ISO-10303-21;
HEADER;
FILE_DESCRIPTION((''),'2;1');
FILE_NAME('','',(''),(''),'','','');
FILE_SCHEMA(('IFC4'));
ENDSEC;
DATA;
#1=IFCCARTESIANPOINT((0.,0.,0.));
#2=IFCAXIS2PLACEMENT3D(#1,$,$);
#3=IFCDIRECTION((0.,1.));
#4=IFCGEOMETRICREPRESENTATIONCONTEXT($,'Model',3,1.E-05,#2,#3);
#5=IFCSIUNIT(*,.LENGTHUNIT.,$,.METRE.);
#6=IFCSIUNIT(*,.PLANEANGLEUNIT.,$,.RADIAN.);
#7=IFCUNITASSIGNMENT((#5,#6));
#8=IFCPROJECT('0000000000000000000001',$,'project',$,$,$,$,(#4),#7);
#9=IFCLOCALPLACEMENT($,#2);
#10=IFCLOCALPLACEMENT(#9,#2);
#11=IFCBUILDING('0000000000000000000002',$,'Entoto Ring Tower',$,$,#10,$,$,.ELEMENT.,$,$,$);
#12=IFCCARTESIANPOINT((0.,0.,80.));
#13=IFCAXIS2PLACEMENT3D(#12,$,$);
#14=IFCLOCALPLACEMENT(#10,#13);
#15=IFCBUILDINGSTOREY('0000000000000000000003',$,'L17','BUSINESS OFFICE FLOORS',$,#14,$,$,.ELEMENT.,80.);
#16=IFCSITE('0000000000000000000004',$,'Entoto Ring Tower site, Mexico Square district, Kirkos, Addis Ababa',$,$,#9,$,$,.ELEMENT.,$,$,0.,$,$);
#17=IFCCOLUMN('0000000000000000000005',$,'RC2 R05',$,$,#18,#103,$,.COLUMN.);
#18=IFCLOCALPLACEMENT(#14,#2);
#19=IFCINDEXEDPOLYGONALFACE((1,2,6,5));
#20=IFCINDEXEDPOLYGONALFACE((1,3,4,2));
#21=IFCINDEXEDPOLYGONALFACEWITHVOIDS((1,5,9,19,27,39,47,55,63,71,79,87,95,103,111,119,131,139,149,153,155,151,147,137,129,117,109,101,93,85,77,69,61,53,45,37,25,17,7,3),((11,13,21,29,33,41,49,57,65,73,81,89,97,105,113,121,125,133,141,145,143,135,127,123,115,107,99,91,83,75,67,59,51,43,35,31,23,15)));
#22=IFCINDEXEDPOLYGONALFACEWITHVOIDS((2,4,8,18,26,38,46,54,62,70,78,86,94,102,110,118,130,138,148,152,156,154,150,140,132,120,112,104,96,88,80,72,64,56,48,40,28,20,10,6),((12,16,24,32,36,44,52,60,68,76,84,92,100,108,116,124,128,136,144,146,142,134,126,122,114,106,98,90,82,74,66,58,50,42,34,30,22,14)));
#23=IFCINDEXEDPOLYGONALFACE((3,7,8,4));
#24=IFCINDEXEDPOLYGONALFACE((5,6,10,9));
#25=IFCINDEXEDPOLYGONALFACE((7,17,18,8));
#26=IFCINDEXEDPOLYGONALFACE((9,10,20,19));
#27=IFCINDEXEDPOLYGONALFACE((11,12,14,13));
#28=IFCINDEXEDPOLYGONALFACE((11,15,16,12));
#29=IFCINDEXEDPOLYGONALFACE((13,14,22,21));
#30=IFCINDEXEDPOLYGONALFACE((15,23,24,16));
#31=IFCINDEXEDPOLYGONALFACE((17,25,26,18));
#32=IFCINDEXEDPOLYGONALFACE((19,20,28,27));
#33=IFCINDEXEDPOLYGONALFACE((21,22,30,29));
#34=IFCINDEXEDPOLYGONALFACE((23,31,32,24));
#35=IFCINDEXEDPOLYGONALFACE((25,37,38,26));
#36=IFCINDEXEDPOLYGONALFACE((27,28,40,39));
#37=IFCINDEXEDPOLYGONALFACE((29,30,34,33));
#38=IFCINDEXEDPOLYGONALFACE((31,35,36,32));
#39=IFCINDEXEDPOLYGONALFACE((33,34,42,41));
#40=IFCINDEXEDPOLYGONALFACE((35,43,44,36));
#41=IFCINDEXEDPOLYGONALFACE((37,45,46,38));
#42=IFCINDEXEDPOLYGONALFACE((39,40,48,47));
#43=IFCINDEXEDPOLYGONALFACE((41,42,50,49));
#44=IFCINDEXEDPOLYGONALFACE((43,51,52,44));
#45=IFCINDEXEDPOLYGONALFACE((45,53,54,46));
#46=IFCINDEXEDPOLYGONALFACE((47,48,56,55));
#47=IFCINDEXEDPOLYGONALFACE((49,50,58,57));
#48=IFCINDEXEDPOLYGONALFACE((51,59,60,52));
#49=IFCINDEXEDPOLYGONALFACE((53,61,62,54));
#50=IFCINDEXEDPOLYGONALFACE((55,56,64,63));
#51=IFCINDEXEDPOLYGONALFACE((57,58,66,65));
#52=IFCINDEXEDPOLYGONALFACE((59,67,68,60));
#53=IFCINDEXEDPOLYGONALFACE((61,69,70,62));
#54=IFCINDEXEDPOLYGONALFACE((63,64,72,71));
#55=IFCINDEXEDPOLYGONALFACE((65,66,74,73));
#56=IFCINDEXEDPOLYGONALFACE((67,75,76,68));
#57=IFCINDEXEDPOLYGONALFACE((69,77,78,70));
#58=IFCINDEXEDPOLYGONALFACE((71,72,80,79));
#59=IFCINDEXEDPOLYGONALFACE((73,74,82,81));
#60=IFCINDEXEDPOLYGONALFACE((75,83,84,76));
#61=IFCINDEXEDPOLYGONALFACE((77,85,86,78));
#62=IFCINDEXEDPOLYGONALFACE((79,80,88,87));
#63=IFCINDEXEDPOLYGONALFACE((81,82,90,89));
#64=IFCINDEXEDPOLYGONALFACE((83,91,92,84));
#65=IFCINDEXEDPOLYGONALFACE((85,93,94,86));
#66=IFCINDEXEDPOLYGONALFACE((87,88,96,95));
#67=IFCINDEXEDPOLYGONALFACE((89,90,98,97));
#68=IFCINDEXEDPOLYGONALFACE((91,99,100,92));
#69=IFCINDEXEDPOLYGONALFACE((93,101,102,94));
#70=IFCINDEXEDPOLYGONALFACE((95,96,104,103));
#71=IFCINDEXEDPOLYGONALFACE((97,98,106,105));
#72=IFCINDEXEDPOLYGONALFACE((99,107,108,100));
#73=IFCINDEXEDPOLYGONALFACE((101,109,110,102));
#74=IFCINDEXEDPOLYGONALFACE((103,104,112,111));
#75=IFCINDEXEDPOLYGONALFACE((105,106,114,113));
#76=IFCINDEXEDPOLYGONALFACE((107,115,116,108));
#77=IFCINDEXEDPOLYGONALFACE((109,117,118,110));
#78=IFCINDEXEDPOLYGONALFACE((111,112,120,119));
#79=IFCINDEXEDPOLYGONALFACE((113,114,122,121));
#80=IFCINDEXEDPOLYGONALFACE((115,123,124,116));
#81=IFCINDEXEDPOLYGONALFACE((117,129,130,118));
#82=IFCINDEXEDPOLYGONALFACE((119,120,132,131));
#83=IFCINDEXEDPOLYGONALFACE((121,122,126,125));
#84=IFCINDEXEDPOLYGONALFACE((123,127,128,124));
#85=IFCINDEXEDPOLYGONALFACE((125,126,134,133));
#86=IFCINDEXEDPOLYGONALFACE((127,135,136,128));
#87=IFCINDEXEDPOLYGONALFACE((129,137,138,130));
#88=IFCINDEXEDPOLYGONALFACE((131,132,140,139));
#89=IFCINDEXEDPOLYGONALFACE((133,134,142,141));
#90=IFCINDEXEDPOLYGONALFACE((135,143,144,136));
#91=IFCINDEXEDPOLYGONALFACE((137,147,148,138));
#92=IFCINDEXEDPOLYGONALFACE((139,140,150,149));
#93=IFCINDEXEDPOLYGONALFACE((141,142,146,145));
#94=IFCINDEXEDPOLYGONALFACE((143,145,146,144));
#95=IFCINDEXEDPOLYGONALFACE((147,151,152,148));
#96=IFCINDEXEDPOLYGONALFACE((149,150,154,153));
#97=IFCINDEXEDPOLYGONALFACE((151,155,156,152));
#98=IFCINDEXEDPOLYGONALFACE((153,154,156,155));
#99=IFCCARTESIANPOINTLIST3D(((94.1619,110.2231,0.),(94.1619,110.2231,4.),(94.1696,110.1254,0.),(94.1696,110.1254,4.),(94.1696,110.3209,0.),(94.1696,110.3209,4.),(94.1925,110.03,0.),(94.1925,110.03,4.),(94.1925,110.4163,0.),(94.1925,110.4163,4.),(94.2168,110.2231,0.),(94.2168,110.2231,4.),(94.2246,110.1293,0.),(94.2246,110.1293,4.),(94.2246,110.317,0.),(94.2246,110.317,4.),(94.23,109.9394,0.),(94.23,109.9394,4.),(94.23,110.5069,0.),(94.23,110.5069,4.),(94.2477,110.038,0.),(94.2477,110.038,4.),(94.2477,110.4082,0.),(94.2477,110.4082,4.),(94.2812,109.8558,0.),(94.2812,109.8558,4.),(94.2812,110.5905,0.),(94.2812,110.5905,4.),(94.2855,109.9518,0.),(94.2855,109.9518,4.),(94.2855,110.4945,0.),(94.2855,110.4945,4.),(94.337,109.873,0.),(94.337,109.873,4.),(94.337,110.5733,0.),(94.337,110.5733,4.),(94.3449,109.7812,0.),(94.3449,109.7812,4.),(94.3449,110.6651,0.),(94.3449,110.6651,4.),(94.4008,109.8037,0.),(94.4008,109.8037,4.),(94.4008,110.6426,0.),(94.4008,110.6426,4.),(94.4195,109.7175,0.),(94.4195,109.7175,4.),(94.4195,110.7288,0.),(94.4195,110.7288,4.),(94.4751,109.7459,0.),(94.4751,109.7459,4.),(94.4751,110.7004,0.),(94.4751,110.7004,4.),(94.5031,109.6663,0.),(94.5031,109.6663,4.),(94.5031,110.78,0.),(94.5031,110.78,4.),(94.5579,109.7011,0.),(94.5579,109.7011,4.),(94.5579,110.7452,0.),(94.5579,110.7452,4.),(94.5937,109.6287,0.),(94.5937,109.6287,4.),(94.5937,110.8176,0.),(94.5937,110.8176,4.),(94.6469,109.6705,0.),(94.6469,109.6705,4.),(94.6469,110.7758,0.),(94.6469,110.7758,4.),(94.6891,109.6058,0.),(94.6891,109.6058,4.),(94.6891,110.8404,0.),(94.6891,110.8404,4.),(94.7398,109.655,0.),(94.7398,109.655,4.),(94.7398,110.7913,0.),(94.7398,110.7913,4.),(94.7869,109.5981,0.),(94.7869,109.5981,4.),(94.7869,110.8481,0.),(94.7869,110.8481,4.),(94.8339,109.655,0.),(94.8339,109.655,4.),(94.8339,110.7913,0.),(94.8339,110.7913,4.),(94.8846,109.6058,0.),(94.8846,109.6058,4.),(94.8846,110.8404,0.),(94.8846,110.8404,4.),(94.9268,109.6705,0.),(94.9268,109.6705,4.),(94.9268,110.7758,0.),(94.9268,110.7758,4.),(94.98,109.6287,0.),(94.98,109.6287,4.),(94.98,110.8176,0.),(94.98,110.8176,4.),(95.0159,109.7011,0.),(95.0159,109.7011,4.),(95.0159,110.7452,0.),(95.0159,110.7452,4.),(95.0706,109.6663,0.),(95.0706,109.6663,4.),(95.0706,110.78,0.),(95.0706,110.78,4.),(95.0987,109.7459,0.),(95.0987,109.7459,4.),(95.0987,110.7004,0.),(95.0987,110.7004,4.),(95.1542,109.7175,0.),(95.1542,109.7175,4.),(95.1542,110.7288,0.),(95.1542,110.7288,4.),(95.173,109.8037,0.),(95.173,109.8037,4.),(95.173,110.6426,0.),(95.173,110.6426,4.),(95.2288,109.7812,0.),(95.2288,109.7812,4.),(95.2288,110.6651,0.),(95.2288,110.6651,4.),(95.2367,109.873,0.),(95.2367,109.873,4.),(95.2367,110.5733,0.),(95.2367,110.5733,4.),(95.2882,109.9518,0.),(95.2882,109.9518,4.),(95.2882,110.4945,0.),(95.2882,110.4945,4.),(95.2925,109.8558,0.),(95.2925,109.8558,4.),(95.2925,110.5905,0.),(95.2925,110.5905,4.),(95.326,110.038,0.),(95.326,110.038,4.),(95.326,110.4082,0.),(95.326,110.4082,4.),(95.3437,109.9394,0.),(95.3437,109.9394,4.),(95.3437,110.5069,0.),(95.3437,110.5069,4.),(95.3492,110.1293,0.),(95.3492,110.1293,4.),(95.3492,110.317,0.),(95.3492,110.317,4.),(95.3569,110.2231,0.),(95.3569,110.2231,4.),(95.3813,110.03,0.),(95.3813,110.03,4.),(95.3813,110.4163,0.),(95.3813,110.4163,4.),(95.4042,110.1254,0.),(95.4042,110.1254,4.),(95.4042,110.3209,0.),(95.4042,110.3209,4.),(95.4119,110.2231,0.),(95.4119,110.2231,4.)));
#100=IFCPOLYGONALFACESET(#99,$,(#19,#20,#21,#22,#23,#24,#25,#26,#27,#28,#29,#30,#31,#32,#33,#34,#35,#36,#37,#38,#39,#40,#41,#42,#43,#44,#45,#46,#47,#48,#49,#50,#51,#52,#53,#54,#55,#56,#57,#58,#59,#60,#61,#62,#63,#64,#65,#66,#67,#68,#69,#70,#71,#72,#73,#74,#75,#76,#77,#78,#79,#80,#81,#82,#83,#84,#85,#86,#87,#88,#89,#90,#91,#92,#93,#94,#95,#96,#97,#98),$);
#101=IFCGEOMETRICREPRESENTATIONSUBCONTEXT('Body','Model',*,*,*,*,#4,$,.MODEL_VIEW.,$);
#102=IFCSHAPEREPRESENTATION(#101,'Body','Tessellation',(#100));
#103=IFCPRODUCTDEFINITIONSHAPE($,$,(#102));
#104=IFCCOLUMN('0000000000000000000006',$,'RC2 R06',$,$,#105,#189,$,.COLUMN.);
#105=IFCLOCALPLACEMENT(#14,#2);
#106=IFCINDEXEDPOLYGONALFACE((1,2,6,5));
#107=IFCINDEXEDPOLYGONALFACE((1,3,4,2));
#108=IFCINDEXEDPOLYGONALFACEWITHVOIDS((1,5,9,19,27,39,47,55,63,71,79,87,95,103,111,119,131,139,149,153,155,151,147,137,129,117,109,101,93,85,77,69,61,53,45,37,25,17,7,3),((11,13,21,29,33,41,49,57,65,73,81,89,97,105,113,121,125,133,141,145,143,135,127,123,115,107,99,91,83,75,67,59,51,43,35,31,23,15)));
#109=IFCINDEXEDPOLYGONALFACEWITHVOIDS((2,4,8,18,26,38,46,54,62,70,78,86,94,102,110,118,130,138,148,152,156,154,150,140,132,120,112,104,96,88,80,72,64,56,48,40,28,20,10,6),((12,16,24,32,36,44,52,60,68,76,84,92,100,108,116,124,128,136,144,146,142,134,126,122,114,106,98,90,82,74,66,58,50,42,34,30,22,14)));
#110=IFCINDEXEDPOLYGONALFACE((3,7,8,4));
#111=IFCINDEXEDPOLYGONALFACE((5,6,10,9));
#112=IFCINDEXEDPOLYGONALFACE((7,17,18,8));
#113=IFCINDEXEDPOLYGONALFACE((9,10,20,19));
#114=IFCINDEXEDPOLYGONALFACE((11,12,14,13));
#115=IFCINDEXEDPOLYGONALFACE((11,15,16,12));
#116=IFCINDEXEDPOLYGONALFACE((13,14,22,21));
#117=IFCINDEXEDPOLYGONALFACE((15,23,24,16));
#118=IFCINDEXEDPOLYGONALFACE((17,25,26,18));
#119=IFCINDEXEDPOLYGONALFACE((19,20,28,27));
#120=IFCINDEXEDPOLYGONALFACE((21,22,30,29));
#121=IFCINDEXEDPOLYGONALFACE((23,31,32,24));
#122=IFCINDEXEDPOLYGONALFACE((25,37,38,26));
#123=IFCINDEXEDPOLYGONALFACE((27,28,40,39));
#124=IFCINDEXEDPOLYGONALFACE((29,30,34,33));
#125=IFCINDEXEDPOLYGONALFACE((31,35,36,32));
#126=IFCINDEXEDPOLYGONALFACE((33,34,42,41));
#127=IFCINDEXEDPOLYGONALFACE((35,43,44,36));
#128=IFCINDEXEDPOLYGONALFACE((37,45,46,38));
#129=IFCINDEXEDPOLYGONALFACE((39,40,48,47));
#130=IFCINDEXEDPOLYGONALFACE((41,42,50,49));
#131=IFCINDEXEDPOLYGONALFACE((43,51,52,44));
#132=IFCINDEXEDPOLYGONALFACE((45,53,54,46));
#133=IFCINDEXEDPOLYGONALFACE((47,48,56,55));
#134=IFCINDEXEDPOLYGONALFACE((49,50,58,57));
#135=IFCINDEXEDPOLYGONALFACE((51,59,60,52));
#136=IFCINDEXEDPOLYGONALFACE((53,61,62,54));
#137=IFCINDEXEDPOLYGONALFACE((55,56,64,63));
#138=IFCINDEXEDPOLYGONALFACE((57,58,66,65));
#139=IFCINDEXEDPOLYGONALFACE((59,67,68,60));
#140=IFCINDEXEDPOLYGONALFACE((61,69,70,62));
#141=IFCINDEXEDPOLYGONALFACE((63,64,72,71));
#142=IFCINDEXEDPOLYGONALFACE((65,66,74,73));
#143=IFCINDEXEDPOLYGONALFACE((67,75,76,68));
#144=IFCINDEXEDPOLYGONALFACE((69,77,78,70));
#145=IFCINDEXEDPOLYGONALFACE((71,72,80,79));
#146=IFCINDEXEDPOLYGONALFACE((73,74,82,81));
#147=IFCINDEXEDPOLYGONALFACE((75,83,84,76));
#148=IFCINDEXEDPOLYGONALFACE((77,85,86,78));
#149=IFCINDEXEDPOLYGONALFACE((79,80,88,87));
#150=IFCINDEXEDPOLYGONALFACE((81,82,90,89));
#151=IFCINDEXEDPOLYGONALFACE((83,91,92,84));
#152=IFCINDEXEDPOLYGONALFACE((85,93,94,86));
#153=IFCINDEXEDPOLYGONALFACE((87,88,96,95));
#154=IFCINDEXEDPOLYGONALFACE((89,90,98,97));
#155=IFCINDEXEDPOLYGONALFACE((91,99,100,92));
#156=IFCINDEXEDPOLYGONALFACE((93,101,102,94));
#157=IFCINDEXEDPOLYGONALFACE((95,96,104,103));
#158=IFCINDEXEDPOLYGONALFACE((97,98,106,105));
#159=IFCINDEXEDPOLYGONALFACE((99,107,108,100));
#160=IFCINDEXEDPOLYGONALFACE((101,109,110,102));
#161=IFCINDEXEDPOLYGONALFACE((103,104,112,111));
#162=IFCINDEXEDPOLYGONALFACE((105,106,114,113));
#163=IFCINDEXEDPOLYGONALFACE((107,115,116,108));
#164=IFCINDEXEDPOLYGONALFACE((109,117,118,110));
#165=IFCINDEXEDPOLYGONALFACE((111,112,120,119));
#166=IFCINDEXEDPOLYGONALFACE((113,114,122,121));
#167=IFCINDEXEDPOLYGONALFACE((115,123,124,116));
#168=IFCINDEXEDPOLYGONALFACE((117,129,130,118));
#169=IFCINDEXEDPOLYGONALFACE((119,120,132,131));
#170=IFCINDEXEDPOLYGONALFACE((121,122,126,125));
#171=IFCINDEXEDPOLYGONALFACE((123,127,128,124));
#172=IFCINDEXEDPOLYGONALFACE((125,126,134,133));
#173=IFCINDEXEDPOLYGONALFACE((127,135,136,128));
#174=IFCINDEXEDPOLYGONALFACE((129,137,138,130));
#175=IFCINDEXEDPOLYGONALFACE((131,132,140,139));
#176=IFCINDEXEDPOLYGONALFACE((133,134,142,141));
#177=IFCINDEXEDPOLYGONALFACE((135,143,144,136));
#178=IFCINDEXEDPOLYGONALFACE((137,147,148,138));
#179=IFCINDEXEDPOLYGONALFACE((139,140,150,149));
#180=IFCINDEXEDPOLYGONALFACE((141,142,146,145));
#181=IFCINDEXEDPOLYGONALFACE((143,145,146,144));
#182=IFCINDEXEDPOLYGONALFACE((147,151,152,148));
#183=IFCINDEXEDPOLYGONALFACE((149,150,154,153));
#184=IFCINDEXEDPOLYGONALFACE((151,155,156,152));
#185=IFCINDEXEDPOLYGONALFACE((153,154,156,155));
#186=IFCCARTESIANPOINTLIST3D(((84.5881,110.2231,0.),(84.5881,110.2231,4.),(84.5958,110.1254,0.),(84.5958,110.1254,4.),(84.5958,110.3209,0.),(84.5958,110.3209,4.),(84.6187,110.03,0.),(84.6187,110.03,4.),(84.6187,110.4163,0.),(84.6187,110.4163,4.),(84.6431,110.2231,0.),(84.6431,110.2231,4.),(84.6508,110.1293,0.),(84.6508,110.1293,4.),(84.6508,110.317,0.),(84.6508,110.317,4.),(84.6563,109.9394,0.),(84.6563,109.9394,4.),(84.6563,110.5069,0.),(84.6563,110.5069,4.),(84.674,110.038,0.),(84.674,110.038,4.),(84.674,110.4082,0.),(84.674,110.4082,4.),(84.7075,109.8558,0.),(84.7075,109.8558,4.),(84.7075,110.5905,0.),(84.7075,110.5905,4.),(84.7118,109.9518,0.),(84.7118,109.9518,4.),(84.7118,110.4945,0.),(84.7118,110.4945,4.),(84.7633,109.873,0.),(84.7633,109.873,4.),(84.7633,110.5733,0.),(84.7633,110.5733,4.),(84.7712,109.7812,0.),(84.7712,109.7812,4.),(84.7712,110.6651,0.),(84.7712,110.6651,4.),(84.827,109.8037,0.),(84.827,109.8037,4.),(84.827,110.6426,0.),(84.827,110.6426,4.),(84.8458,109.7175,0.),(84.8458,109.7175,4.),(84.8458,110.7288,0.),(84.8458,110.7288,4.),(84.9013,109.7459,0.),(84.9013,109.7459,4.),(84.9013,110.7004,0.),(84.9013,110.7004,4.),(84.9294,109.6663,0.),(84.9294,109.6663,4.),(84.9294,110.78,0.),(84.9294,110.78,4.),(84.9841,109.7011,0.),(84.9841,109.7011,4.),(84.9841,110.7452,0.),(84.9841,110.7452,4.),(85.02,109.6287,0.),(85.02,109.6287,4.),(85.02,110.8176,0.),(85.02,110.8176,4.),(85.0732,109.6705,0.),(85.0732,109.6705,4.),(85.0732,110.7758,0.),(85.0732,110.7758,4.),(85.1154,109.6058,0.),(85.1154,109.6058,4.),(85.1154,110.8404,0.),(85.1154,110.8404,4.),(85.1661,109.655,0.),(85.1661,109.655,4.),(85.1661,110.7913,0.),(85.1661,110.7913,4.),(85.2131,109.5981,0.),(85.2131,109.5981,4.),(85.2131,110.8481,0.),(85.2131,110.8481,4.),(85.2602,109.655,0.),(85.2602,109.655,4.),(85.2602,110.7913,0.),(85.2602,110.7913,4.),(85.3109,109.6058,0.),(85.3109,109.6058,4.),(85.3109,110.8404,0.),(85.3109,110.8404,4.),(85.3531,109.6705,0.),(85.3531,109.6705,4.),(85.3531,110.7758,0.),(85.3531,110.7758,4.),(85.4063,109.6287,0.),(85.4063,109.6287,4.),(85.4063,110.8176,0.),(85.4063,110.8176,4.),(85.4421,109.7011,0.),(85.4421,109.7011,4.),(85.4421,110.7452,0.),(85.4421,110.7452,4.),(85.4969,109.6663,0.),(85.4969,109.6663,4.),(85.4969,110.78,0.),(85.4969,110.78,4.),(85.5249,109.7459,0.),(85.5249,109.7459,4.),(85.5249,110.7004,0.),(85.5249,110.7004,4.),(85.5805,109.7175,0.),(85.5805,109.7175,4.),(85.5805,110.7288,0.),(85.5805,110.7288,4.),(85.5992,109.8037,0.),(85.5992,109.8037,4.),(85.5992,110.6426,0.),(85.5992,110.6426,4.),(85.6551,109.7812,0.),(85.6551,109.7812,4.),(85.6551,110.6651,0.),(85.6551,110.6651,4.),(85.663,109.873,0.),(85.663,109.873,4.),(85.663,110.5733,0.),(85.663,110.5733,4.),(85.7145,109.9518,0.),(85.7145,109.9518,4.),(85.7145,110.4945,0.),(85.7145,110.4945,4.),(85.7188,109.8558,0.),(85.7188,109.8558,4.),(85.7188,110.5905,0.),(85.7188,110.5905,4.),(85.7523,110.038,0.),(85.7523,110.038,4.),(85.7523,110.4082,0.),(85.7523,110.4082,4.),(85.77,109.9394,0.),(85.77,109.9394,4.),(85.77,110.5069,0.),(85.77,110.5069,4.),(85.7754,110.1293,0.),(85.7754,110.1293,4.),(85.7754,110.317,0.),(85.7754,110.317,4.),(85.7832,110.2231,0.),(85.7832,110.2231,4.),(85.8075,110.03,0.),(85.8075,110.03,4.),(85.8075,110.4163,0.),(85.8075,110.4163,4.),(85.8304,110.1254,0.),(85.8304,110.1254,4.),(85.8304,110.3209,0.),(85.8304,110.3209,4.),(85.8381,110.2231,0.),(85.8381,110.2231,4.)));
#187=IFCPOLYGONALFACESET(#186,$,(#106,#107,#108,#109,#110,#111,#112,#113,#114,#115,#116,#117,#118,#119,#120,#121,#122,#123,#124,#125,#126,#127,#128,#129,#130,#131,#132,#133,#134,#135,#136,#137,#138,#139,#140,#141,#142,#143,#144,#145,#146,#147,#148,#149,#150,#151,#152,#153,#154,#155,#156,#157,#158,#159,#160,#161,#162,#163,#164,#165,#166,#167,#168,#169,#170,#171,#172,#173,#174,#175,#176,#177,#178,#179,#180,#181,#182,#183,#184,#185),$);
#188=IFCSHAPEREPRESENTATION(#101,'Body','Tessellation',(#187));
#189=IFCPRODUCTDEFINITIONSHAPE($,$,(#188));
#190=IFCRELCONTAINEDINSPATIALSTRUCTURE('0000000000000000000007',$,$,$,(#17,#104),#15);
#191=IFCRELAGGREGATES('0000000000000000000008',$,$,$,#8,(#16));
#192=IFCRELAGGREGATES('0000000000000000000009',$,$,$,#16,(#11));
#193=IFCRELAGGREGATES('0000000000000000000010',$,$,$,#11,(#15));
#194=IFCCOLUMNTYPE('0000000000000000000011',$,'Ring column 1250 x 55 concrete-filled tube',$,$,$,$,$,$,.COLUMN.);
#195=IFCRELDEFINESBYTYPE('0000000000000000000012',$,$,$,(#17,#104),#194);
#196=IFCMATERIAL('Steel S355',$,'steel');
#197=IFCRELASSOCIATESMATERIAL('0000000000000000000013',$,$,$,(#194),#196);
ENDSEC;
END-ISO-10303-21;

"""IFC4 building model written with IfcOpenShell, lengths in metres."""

from ifc_helpers import new_model, si_unit, direction, frame, origin, origin_2d, place, context, subcontext, project, spatial, circle, hollow_circle, extrude, material, material_profile, profile_set, type_object, element, save


model = new_model("IFC4")

# Units and contexts
model_context = context("Model", 3, precision=1e-05, world=origin(), true_north=direction((0.0, 1.0)))
body_context = subcontext(model_context, "Body", "Model", "MODEL_VIEW")
ifc_project = project(units=[si_unit("LENGTHUNIT", "METRE"), si_unit("PLANEANGLEUNIT", "RADIAN")], contexts=[model_context])

# Site, building, storey
site_placement = place(None, origin())
site = spatial("IfcSite", under=ifc_project, at=site_placement, Name="Entoto Ring Tower site, Mexico Square district, Kirkos, Addis Ababa", CompositionType="ELEMENT", RefElevation=0.0)
building_placement = place(site_placement, origin())
building = spatial("IfcBuilding", under=site, at=building_placement, Name="Entoto Ring Tower", CompositionType="ELEMENT")
storey_placement = place(building_placement, frame((0.0, 0.0, 80.0)))
storey = spatial("IfcBuildingStorey", under=building, at=storey_placement, Name="L17", Description="BUSINESS OFFICE FLOORS", CompositionType="ELEMENT", Elevation=80.0)

# Columns
ifc_material_1 = material(Name="Steel S355", Category="steel")
ifc_material_profile_1 = material_profile(ifc_material_1, hollow_circle(Radius=0.625, WallThickness=0.0549, at=origin_2d()), Name="CHS 1250 x 55")
ifc_material_2 = material(Name="Concrete C60/75", Category="concrete")
ifc_material_profile_2 = material_profile(ifc_material_2, circle(Radius=0.5701, at=origin_2d()), Name="Concrete C60/75 infill")
ifc_profile_set_1 = profile_set([ifc_material_profile_1, ifc_material_profile_2], Name="Steel S355")
column_type = type_object("IfcColumnType", Name="Ring column 1250 x 55 concrete-filled tube", PredefinedType="COLUMN", material=ifc_profile_set_1)
for number, where, z_axis, x_axis, name in (
    (1, (94.7869, 110.2231, 0.0), (0.0, 0.0, 1.0), (1.0, 0.0, 0.0), "RC2 R05"),
    (2, (85.2131, 110.2231, 0.0), (0.0, 0.0, 1.0), (1.0, 0.0, 0.0), "RC2 R06"),
):
    element("IfcColumn", number, at=place(storey_placement, frame(where, z_axis=z_axis, x_axis=x_axis)), inside=storey, type_object=column_type, Name=name, PredefinedType="COLUMN", context=body_context, shape_type="SweptSolid", body=[
        extrude(hollow_circle(Radius=0.625, WallThickness=0.0549, at=origin_2d()), origin(), (0.0, 0.0, 1.0), 4.0),
    ])

save(model, "model.ifc")
